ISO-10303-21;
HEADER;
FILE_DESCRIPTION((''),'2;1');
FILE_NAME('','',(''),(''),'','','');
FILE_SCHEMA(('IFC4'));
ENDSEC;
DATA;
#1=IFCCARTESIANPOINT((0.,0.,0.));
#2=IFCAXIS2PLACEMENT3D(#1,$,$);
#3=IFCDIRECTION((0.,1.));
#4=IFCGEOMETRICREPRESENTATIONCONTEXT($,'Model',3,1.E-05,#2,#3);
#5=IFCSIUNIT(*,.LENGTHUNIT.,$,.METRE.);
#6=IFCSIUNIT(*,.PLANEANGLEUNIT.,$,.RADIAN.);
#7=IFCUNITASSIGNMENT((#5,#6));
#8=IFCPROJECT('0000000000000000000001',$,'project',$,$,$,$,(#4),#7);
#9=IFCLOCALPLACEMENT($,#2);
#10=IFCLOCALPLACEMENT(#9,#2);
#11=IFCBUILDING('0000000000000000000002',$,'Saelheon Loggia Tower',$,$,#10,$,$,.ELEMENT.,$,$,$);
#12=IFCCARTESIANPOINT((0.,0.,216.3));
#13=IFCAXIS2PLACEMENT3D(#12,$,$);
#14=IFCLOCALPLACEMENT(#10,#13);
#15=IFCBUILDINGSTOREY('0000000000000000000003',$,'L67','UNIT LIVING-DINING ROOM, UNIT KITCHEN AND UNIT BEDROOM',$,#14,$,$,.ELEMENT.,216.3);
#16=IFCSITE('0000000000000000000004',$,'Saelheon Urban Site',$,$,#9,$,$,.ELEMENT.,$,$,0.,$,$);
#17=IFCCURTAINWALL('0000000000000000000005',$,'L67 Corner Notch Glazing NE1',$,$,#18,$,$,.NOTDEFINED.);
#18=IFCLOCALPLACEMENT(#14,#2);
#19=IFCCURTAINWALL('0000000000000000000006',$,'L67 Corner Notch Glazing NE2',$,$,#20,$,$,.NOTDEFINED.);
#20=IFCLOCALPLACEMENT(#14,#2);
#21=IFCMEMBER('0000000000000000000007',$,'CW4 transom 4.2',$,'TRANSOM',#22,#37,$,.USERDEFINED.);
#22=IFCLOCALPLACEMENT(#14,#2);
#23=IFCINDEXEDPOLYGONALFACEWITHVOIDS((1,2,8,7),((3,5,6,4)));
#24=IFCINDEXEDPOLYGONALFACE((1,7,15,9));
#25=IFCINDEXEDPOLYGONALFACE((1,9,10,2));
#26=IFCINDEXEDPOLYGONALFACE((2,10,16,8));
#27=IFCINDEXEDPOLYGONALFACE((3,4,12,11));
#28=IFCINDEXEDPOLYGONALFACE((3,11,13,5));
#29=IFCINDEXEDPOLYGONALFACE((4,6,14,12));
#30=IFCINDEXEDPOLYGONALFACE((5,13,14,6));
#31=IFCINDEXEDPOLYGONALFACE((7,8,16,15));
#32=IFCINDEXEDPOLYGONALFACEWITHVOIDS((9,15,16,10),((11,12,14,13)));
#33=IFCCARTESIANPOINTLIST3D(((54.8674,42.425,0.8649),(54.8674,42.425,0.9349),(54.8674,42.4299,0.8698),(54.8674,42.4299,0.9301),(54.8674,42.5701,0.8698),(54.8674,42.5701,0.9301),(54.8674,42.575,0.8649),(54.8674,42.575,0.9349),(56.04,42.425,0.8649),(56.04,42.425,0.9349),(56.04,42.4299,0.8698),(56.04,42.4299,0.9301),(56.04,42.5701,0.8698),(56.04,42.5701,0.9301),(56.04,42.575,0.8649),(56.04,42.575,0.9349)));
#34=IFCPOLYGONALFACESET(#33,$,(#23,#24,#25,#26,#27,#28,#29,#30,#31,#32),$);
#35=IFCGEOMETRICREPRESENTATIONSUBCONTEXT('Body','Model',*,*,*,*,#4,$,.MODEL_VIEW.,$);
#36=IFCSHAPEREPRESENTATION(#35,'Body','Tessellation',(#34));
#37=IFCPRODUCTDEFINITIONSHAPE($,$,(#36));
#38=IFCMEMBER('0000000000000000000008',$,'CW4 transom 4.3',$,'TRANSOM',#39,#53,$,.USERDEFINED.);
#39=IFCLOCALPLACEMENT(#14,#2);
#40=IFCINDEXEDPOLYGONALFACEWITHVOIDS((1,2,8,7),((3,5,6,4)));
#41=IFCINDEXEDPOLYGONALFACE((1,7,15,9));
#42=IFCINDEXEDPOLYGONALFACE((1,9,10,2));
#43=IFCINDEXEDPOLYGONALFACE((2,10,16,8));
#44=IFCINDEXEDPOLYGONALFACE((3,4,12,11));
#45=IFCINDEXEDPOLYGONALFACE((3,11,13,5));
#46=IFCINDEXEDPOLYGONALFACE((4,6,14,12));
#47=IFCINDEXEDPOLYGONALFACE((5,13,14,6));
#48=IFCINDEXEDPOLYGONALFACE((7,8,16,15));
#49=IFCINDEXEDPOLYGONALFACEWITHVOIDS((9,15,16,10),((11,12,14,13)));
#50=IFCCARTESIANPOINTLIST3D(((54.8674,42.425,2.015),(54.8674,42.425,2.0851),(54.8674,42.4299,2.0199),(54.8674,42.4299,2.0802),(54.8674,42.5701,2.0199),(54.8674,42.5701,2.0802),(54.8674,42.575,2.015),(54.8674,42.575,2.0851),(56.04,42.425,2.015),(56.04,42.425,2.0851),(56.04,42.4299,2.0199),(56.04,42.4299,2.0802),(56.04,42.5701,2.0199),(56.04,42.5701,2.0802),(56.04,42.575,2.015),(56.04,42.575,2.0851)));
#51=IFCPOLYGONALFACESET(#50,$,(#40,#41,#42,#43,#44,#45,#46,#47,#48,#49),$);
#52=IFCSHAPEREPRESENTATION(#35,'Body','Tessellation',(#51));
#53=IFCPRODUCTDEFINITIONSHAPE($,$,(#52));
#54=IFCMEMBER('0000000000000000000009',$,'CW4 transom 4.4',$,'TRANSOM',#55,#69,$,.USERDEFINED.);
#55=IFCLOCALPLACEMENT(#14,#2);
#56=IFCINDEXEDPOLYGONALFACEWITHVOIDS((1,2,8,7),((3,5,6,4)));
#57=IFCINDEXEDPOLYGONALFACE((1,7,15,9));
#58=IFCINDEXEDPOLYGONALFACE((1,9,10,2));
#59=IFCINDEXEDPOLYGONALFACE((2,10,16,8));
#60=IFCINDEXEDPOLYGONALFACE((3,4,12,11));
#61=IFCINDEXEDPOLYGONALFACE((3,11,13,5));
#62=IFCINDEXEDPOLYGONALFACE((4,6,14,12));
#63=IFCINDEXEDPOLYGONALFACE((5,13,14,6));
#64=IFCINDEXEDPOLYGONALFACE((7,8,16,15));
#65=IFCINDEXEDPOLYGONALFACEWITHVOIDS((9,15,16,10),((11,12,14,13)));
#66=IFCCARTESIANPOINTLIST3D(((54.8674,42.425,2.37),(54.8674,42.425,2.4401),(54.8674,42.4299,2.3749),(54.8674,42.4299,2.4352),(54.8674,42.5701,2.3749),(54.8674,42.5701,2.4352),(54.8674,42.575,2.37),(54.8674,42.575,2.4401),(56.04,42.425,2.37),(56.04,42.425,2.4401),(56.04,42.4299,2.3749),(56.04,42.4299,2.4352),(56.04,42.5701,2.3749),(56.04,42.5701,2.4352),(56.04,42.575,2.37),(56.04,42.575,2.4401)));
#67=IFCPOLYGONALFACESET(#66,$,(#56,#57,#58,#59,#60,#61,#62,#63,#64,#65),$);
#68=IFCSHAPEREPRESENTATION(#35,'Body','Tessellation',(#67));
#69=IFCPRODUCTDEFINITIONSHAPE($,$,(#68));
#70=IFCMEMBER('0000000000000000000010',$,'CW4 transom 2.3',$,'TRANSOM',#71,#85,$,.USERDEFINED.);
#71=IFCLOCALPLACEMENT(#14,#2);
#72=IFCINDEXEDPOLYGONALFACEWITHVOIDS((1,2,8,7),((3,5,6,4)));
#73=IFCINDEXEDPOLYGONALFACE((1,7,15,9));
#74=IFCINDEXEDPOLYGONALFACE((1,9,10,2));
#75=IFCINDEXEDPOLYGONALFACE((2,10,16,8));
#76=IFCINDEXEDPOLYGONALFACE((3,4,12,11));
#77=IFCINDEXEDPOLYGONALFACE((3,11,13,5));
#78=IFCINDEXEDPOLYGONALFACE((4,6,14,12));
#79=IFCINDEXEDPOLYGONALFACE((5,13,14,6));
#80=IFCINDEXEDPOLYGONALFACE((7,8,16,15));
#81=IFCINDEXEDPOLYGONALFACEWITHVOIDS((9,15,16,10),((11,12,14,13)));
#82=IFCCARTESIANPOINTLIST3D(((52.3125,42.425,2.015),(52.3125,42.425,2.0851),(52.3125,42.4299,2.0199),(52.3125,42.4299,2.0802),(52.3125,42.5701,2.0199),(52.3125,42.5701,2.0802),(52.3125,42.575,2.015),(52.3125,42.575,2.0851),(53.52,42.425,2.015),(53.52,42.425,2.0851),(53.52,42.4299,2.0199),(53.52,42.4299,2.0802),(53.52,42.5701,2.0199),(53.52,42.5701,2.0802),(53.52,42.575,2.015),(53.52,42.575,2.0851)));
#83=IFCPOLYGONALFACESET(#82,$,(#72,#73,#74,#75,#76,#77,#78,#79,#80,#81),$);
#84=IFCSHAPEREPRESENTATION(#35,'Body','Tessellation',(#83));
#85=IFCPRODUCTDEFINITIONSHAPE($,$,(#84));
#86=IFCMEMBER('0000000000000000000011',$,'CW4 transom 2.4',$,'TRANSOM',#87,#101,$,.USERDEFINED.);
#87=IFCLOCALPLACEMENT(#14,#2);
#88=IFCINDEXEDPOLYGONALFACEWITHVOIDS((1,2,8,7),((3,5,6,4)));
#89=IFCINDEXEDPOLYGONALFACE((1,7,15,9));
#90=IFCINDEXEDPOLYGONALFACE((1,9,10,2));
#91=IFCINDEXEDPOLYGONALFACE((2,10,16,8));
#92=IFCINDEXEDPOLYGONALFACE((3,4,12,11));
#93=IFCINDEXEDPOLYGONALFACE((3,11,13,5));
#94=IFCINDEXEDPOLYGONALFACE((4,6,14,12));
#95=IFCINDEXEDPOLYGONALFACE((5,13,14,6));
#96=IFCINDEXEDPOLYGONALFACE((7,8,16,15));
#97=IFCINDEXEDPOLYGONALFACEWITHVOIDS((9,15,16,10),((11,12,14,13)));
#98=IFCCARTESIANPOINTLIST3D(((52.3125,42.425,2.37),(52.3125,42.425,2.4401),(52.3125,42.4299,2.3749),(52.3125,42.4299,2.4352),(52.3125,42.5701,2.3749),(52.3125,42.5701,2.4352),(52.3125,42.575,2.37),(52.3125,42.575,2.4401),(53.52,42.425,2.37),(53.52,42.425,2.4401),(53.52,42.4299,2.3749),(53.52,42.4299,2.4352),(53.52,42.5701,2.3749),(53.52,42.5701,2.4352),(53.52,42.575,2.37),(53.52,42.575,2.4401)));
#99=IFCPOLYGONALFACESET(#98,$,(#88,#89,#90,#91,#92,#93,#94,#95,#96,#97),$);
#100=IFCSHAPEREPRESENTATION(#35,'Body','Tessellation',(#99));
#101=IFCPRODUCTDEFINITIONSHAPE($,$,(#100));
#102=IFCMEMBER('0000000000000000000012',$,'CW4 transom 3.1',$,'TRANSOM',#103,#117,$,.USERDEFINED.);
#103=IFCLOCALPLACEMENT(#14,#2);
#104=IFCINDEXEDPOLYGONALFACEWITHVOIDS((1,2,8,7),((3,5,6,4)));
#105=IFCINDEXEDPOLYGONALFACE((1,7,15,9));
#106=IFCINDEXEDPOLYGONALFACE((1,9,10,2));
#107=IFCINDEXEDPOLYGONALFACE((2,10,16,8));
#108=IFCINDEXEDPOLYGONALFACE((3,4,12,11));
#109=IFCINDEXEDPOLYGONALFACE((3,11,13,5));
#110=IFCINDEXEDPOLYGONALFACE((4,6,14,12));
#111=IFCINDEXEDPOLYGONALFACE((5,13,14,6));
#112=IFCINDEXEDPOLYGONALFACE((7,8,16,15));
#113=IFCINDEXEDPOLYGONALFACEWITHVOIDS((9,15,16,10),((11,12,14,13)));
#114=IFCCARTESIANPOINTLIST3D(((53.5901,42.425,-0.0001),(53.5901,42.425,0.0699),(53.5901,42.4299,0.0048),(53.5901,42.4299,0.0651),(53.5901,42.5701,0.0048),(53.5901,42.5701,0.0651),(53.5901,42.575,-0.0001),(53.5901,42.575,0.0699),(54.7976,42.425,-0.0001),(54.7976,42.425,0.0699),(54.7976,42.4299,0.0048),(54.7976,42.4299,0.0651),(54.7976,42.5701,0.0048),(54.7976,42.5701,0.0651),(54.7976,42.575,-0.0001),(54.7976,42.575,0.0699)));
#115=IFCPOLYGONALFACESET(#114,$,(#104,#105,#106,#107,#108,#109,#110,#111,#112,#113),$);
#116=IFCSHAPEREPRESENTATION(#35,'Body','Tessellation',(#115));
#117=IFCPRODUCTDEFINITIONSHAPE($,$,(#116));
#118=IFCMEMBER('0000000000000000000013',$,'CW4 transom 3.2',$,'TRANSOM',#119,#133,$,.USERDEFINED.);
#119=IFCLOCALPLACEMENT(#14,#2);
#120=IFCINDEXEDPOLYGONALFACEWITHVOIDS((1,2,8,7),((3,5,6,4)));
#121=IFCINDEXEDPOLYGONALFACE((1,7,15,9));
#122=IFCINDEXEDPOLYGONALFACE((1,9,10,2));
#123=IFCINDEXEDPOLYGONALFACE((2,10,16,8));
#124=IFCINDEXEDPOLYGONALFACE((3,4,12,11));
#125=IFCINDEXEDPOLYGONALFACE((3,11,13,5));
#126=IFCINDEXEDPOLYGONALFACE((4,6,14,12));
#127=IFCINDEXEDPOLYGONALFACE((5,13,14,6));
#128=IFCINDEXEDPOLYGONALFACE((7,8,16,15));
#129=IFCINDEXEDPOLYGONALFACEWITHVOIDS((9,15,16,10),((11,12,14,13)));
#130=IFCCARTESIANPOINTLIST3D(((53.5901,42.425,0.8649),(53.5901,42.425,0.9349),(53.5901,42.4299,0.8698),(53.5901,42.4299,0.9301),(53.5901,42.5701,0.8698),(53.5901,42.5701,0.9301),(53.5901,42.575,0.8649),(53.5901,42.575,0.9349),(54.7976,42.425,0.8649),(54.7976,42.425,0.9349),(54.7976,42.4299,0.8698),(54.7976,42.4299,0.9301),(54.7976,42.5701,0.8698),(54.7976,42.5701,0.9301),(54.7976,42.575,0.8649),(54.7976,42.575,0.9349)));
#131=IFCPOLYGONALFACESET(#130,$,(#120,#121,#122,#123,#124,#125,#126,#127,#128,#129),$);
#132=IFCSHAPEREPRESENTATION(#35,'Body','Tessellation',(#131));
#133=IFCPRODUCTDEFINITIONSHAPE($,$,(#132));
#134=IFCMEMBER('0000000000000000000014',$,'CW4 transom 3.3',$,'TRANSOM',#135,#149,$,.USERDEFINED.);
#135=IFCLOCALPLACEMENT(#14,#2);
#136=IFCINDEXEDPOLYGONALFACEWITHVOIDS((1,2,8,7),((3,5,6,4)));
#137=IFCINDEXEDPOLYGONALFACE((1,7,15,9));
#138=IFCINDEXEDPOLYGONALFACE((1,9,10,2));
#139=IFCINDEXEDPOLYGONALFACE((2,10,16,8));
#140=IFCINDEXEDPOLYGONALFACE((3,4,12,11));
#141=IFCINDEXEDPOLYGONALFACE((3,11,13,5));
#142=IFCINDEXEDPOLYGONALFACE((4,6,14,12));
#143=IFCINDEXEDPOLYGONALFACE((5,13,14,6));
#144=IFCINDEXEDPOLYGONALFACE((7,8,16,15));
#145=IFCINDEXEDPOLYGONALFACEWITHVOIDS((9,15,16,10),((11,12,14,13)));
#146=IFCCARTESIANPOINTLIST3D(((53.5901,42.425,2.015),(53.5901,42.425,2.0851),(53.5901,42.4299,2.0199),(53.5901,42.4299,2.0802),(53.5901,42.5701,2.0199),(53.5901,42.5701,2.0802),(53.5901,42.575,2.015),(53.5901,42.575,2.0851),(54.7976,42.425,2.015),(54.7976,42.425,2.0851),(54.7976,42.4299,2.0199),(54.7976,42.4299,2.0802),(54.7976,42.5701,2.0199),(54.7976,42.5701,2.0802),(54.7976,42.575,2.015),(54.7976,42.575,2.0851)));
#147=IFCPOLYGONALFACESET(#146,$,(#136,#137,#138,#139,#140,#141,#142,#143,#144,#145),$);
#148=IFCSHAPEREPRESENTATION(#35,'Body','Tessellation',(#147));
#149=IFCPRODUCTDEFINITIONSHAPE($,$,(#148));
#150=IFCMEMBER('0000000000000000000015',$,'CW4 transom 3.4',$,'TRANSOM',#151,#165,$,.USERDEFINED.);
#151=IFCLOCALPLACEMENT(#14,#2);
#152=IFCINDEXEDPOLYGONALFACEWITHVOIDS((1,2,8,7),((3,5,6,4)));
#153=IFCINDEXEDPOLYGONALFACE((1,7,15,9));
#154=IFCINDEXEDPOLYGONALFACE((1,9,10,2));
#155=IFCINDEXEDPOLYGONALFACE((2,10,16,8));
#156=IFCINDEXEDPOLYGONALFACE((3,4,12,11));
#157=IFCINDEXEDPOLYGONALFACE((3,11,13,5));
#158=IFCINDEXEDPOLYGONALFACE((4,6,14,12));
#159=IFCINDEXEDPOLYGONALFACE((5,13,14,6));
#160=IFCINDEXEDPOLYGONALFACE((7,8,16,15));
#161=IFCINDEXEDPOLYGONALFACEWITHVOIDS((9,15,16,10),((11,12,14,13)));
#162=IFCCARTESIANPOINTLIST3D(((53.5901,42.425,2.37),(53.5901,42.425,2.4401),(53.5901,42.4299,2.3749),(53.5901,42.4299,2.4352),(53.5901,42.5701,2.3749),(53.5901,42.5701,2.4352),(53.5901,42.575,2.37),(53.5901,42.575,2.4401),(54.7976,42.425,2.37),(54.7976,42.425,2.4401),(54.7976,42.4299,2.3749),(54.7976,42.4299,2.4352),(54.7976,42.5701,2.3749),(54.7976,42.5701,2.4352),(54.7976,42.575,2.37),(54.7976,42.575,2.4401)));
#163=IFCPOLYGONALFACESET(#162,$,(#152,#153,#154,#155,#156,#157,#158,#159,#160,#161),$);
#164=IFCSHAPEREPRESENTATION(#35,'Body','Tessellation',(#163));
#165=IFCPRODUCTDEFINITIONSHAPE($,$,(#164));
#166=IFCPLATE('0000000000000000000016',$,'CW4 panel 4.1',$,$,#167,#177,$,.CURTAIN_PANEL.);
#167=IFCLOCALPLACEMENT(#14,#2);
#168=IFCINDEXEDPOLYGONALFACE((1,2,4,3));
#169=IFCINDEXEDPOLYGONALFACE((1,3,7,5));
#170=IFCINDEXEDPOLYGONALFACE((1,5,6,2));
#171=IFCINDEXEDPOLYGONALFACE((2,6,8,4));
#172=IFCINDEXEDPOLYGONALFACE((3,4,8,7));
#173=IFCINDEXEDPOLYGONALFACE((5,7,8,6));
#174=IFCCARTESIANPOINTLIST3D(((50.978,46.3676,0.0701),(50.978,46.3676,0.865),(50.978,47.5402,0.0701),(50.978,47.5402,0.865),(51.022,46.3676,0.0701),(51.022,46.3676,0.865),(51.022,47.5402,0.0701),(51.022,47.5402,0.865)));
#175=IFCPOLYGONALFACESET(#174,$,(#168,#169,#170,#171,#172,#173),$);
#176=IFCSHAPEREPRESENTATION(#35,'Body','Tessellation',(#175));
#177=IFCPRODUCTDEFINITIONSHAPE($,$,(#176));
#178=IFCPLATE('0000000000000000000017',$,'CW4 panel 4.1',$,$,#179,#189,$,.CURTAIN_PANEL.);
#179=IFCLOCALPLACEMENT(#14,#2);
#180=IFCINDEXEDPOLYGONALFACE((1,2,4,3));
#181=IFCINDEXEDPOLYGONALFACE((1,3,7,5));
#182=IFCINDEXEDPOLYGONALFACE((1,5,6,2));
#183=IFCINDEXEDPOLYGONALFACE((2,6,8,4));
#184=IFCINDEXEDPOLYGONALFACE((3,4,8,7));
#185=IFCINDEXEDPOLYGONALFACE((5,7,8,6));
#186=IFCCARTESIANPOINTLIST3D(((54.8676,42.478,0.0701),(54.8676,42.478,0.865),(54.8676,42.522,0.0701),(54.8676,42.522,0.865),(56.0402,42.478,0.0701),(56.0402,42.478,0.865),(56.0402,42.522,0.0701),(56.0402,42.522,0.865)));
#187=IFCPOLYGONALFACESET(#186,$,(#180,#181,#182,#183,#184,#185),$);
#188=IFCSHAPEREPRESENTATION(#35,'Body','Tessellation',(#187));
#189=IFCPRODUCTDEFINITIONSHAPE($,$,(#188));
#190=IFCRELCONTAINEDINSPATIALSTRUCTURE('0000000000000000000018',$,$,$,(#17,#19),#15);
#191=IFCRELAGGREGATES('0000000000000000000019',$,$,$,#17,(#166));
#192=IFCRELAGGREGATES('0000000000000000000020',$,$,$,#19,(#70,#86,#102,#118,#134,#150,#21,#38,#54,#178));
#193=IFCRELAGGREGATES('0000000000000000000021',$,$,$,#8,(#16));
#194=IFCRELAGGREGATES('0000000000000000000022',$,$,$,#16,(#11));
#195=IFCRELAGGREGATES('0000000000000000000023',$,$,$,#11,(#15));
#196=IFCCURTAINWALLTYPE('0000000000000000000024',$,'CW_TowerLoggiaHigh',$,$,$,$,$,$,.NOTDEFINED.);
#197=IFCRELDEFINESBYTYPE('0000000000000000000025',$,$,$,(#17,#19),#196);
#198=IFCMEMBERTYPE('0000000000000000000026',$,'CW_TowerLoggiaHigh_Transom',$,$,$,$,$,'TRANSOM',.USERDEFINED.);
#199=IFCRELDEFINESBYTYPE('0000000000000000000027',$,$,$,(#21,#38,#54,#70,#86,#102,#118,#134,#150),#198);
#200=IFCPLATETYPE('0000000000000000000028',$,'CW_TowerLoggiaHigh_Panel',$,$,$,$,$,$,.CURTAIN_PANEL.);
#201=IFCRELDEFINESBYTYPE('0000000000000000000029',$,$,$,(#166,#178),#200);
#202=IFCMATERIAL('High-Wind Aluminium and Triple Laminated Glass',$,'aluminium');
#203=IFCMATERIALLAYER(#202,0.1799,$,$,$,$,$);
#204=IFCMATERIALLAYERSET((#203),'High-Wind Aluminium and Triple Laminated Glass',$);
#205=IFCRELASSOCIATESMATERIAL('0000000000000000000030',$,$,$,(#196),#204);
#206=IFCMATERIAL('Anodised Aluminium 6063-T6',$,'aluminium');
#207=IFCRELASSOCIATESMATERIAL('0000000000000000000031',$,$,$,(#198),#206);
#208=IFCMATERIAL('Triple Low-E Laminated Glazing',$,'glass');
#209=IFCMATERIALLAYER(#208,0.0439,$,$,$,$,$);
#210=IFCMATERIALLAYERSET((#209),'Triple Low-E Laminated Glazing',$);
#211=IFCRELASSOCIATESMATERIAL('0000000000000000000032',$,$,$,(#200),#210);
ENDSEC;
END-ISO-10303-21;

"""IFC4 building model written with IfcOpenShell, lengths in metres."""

from ifc_helpers import new_model, si_unit, direction, frame, origin, origin_2d, place, context, subcontext, project, spatial, rectangle, hollow_rectangle, extrude, source, transform, mapped, material, layer, layer_set, material_profile, profile_set, type_object, element, aggregate, save


model = new_model("IFC4")

# Units and contexts
model_context = context("Model", 3, precision=1e-05, world=origin(), true_north=direction((0.0, 1.0)))
body_context = subcontext(model_context, "Body", "Model", "MODEL_VIEW")
ifc_project = project(units=[si_unit("LENGTHUNIT", "METRE"), si_unit("PLANEANGLEUNIT", "RADIAN")], contexts=[model_context])

# Site, building, storey
site_placement = place(None, origin())
site = spatial("IfcSite", under=ifc_project, at=site_placement, Name="Saelheon Urban Site", CompositionType="ELEMENT", RefElevation=0.0)
building_placement = place(site_placement, origin())
building = spatial("IfcBuilding", under=site, at=building_placement, Name="Saelheon Loggia Tower", CompositionType="ELEMENT")
storey_placement = place(building_placement, frame((0.0, 0.0, 216.3)))
storey = spatial("IfcBuildingStorey", under=building, at=storey_placement, Name="L67", Description="UNIT LIVING-DINING ROOM, UNIT KITCHEN AND UNIT BEDROOM", CompositionType="ELEMENT", Elevation=216.3)

# Curtain wall
ifc_material_1 = material(Name="High-Wind Aluminium and Triple Laminated Glass", Category="aluminium")
ifc_layer_1 = layer(ifc_material_1, 0.1799)
ifc_layer_set_1 = layer_set([ifc_layer_1], Name="High-Wind Aluminium and Triple Laminated Glass")
curtain_wall_type = type_object("IfcCurtainWallType", Name="CW_TowerLoggiaHigh", PredefinedType="NOTDEFINED", material=ifc_layer_set_1)
curtain_wall_1_placement = place(storey_placement, origin())
curtain_wall_1 = element("IfcCurtainWall", 1, at=curtain_wall_1_placement, inside=storey, type_object=curtain_wall_type, Name="L67 Corner Notch Glazing NE1", PredefinedType="NOTDEFINED")
ifc_material_2 = material(Name="Anodised Aluminium 6063-T6", Category="aluminium")

# Curtain wall
curtain_wall_2_placement = place(storey_placement, origin())
curtain_wall_2 = element("IfcCurtainWall", 2, at=curtain_wall_2_placement, inside=storey, type_object=curtain_wall_type, Name="L67 Corner Notch Glazing NE2", PredefinedType="NOTDEFINED")

# Members
ifc_material_profile_1 = material_profile(ifc_material_2, hollow_rectangle(XDim=0.0701, YDim=0.1499, WallThickness=0.0049, at=origin_2d()), Name="RHS-150x70x5")
ifc_profile_set_1 = profile_set([ifc_material_profile_1], Name="Anodised Aluminium 6063-T6")
member_type_1 = type_object("IfcMemberType", Name="CW_TowerLoggiaHigh_Transom", ElementType="TRANSOM", PredefinedType="USERDEFINED", material=ifc_profile_set_1)
shared_shape_1 = source(origin(), body_context, "Body", "SweptSolid", [
    extrude(hollow_rectangle(XDim=0.0701, YDim=0.1499, WallThickness=0.0049, at=origin_2d()), origin(), (0.0, 0.0, 1.0), 1.1726),
])
member_1_placement = place(storey_placement, frame((54.8674, 42.5, 0.8999), z_axis=(1.0, 0.0, 0.0), x_axis=(0.0, 0.0, 1.0)))
member_1 = element("IfcMember", 3, at=member_1_placement, type_object=member_type_1, Name="CW4 transom 4.2", ObjectType="TRANSOM", PredefinedType="USERDEFINED", context=body_context, shape_type="MappedRepresentation", body=[
    mapped(shared_shape_1, transform((0.0, 0.0, 0.0), scale=1.0)),
])
member_2_placement = place(storey_placement, frame((54.8674, 42.5, 2.05), z_axis=(1.0, 0.0, 0.0), x_axis=(0.0, 0.0, 1.0)))
member_2 = element("IfcMember", 4, at=member_2_placement, type_object=member_type_1, Name="CW4 transom 4.3", ObjectType="TRANSOM", PredefinedType="USERDEFINED", context=body_context, shape_type="MappedRepresentation", body=[
    mapped(shared_shape_1, transform((0.0, 0.0, 0.0), scale=1.0)),
])
member_3_placement = place(storey_placement, frame((54.8674, 42.5, 2.405), z_axis=(1.0, 0.0, 0.0), x_axis=(0.0, 0.0, 1.0)))
member_3 = element("IfcMember", 5, at=member_3_placement, type_object=member_type_1, Name="CW4 transom 4.4", ObjectType="TRANSOM", PredefinedType="USERDEFINED", context=body_context, shape_type="MappedRepresentation", body=[
    mapped(shared_shape_1, transform((0.0, 0.0, 0.0), scale=1.0)),
])
shared_shape_2 = source(origin(), body_context, "Body", "SweptSolid", [
    extrude(hollow_rectangle(XDim=0.0701, YDim=0.1499, WallThickness=0.0049, at=origin_2d()), origin(), (0.0, 0.0, 1.0), 1.2075),
])
member_4_placement = place(storey_placement, frame((52.3125, 42.5, 2.05), z_axis=(1.0, 0.0, 0.0), x_axis=(0.0, 0.0, 1.0)))
member_4 = element("IfcMember", 6, at=member_4_placement, type_object=member_type_1, Name="CW4 transom 2.3", ObjectType="TRANSOM", PredefinedType="USERDEFINED", context=body_context, shape_type="MappedRepresentation", body=[
    mapped(shared_shape_2, transform((0.0, 0.0, 0.0), scale=1.0)),
])
member_5_placement = place(storey_placement, frame((52.3125, 42.5, 2.405), z_axis=(1.0, 0.0, 0.0), x_axis=(0.0, 0.0, 1.0)))
member_5 = element("IfcMember", 7, at=member_5_placement, type_object=member_type_1, Name="CW4 transom 2.4", ObjectType="TRANSOM", PredefinedType="USERDEFINED", context=body_context, shape_type="MappedRepresentation", body=[
    mapped(shared_shape_2, transform((0.0, 0.0, 0.0), scale=1.0)),
])
member_6_placement = place(storey_placement, frame((53.5901, 42.5, 0.0349), z_axis=(1.0, 0.0, 0.0), x_axis=(0.0, 0.0, 1.0)))
member_6 = element("IfcMember", 8, at=member_6_placement, type_object=member_type_1, Name="CW4 transom 3.1", ObjectType="TRANSOM", PredefinedType="USERDEFINED", context=body_context, shape_type="MappedRepresentation", body=[
    mapped(shared_shape_2, transform((0.0, 0.0, 0.0), scale=1.0)),
])
member_7_placement = place(storey_placement, frame((53.5901, 42.5, 0.8999), z_axis=(1.0, 0.0, 0.0), x_axis=(0.0, 0.0, 1.0)))
member_7 = element("IfcMember", 9, at=member_7_placement, type_object=member_type_1, Name="CW4 transom 3.2", ObjectType="TRANSOM", PredefinedType="USERDEFINED", context=body_context, shape_type="MappedRepresentation", body=[
    mapped(shared_shape_2, transform((0.0, 0.0, 0.0), scale=1.0)),
])
member_8_placement = place(storey_placement, frame((53.5901, 42.5, 2.05), z_axis=(1.0, 0.0, 0.0), x_axis=(0.0, 0.0, 1.0)))
member_8 = element("IfcMember", 10, at=member_8_placement, type_object=member_type_1, Name="CW4 transom 3.3", ObjectType="TRANSOM", PredefinedType="USERDEFINED", context=body_context, shape_type="MappedRepresentation", body=[
    mapped(shared_shape_2, transform((0.0, 0.0, 0.0), scale=1.0)),
])
member_9_placement = place(storey_placement, frame((53.5901, 42.5, 2.405), z_axis=(1.0, 0.0, 0.0), x_axis=(0.0, 0.0, 1.0)))
member_9 = element("IfcMember", 11, at=member_9_placement, type_object=member_type_1, Name="CW4 transom 3.4", ObjectType="TRANSOM", PredefinedType="USERDEFINED", context=body_context, shape_type="MappedRepresentation", body=[
    mapped(shared_shape_2, transform((0.0, 0.0, 0.0), scale=1.0)),
])

# Plates
ifc_material_3 = material(Name="Triple Low-E Laminated Glazing", Category="glass")
ifc_layer_2 = layer(ifc_material_3, 0.0439)
ifc_layer_set_2 = layer_set([ifc_layer_2], Name="Triple Low-E Laminated Glazing")
plate_type = type_object("IfcPlateType", Name="CW_TowerLoggiaHigh_Panel", PredefinedType="CURTAIN_PANEL", material=ifc_layer_set_2)
shared_shape_3 = source(origin(), body_context, "Body", "SweptSolid", [
    extrude(rectangle(XDim=1.1726, YDim=0.0439, at=origin_2d()), origin(), (0.0, 0.0, 1.0), 0.7949),
])
plate_1_placement = place(storey_placement, frame((51.0, 46.9539, 0.0701), z_axis=(0.0, 0.0, 1.0), x_axis=(0.0, 1.0, 0.0)))
plate_1 = element("IfcPlate", 12, at=plate_1_placement, type_object=plate_type, Name="CW4 panel 4.1", PredefinedType="CURTAIN_PANEL", context=body_context, shape_type="MappedRepresentation", body=[
    mapped(shared_shape_3, transform((0.0, 0.0, 0.0), scale=1.0)),
])
plate_2_placement = place(storey_placement, frame((55.4539, 42.5, 0.0701), z_axis=(0.0, 0.0, 1.0), x_axis=(1.0, 0.0, 0.0)))
plate_2 = element("IfcPlate", 13, at=plate_2_placement, type_object=plate_type, Name="CW4 panel 4.1", PredefinedType="CURTAIN_PANEL", context=body_context, shape_type="MappedRepresentation", body=[
    mapped(shared_shape_3, transform((0.0, 0.0, 0.0), scale=1.0)),
])
aggregate(curtain_wall_1, [plate_1])
aggregate(curtain_wall_2, [member_4, member_5, member_6, member_7, member_8, member_9, member_1, member_2, member_3, plate_2])

save(model, "model.ifc")
